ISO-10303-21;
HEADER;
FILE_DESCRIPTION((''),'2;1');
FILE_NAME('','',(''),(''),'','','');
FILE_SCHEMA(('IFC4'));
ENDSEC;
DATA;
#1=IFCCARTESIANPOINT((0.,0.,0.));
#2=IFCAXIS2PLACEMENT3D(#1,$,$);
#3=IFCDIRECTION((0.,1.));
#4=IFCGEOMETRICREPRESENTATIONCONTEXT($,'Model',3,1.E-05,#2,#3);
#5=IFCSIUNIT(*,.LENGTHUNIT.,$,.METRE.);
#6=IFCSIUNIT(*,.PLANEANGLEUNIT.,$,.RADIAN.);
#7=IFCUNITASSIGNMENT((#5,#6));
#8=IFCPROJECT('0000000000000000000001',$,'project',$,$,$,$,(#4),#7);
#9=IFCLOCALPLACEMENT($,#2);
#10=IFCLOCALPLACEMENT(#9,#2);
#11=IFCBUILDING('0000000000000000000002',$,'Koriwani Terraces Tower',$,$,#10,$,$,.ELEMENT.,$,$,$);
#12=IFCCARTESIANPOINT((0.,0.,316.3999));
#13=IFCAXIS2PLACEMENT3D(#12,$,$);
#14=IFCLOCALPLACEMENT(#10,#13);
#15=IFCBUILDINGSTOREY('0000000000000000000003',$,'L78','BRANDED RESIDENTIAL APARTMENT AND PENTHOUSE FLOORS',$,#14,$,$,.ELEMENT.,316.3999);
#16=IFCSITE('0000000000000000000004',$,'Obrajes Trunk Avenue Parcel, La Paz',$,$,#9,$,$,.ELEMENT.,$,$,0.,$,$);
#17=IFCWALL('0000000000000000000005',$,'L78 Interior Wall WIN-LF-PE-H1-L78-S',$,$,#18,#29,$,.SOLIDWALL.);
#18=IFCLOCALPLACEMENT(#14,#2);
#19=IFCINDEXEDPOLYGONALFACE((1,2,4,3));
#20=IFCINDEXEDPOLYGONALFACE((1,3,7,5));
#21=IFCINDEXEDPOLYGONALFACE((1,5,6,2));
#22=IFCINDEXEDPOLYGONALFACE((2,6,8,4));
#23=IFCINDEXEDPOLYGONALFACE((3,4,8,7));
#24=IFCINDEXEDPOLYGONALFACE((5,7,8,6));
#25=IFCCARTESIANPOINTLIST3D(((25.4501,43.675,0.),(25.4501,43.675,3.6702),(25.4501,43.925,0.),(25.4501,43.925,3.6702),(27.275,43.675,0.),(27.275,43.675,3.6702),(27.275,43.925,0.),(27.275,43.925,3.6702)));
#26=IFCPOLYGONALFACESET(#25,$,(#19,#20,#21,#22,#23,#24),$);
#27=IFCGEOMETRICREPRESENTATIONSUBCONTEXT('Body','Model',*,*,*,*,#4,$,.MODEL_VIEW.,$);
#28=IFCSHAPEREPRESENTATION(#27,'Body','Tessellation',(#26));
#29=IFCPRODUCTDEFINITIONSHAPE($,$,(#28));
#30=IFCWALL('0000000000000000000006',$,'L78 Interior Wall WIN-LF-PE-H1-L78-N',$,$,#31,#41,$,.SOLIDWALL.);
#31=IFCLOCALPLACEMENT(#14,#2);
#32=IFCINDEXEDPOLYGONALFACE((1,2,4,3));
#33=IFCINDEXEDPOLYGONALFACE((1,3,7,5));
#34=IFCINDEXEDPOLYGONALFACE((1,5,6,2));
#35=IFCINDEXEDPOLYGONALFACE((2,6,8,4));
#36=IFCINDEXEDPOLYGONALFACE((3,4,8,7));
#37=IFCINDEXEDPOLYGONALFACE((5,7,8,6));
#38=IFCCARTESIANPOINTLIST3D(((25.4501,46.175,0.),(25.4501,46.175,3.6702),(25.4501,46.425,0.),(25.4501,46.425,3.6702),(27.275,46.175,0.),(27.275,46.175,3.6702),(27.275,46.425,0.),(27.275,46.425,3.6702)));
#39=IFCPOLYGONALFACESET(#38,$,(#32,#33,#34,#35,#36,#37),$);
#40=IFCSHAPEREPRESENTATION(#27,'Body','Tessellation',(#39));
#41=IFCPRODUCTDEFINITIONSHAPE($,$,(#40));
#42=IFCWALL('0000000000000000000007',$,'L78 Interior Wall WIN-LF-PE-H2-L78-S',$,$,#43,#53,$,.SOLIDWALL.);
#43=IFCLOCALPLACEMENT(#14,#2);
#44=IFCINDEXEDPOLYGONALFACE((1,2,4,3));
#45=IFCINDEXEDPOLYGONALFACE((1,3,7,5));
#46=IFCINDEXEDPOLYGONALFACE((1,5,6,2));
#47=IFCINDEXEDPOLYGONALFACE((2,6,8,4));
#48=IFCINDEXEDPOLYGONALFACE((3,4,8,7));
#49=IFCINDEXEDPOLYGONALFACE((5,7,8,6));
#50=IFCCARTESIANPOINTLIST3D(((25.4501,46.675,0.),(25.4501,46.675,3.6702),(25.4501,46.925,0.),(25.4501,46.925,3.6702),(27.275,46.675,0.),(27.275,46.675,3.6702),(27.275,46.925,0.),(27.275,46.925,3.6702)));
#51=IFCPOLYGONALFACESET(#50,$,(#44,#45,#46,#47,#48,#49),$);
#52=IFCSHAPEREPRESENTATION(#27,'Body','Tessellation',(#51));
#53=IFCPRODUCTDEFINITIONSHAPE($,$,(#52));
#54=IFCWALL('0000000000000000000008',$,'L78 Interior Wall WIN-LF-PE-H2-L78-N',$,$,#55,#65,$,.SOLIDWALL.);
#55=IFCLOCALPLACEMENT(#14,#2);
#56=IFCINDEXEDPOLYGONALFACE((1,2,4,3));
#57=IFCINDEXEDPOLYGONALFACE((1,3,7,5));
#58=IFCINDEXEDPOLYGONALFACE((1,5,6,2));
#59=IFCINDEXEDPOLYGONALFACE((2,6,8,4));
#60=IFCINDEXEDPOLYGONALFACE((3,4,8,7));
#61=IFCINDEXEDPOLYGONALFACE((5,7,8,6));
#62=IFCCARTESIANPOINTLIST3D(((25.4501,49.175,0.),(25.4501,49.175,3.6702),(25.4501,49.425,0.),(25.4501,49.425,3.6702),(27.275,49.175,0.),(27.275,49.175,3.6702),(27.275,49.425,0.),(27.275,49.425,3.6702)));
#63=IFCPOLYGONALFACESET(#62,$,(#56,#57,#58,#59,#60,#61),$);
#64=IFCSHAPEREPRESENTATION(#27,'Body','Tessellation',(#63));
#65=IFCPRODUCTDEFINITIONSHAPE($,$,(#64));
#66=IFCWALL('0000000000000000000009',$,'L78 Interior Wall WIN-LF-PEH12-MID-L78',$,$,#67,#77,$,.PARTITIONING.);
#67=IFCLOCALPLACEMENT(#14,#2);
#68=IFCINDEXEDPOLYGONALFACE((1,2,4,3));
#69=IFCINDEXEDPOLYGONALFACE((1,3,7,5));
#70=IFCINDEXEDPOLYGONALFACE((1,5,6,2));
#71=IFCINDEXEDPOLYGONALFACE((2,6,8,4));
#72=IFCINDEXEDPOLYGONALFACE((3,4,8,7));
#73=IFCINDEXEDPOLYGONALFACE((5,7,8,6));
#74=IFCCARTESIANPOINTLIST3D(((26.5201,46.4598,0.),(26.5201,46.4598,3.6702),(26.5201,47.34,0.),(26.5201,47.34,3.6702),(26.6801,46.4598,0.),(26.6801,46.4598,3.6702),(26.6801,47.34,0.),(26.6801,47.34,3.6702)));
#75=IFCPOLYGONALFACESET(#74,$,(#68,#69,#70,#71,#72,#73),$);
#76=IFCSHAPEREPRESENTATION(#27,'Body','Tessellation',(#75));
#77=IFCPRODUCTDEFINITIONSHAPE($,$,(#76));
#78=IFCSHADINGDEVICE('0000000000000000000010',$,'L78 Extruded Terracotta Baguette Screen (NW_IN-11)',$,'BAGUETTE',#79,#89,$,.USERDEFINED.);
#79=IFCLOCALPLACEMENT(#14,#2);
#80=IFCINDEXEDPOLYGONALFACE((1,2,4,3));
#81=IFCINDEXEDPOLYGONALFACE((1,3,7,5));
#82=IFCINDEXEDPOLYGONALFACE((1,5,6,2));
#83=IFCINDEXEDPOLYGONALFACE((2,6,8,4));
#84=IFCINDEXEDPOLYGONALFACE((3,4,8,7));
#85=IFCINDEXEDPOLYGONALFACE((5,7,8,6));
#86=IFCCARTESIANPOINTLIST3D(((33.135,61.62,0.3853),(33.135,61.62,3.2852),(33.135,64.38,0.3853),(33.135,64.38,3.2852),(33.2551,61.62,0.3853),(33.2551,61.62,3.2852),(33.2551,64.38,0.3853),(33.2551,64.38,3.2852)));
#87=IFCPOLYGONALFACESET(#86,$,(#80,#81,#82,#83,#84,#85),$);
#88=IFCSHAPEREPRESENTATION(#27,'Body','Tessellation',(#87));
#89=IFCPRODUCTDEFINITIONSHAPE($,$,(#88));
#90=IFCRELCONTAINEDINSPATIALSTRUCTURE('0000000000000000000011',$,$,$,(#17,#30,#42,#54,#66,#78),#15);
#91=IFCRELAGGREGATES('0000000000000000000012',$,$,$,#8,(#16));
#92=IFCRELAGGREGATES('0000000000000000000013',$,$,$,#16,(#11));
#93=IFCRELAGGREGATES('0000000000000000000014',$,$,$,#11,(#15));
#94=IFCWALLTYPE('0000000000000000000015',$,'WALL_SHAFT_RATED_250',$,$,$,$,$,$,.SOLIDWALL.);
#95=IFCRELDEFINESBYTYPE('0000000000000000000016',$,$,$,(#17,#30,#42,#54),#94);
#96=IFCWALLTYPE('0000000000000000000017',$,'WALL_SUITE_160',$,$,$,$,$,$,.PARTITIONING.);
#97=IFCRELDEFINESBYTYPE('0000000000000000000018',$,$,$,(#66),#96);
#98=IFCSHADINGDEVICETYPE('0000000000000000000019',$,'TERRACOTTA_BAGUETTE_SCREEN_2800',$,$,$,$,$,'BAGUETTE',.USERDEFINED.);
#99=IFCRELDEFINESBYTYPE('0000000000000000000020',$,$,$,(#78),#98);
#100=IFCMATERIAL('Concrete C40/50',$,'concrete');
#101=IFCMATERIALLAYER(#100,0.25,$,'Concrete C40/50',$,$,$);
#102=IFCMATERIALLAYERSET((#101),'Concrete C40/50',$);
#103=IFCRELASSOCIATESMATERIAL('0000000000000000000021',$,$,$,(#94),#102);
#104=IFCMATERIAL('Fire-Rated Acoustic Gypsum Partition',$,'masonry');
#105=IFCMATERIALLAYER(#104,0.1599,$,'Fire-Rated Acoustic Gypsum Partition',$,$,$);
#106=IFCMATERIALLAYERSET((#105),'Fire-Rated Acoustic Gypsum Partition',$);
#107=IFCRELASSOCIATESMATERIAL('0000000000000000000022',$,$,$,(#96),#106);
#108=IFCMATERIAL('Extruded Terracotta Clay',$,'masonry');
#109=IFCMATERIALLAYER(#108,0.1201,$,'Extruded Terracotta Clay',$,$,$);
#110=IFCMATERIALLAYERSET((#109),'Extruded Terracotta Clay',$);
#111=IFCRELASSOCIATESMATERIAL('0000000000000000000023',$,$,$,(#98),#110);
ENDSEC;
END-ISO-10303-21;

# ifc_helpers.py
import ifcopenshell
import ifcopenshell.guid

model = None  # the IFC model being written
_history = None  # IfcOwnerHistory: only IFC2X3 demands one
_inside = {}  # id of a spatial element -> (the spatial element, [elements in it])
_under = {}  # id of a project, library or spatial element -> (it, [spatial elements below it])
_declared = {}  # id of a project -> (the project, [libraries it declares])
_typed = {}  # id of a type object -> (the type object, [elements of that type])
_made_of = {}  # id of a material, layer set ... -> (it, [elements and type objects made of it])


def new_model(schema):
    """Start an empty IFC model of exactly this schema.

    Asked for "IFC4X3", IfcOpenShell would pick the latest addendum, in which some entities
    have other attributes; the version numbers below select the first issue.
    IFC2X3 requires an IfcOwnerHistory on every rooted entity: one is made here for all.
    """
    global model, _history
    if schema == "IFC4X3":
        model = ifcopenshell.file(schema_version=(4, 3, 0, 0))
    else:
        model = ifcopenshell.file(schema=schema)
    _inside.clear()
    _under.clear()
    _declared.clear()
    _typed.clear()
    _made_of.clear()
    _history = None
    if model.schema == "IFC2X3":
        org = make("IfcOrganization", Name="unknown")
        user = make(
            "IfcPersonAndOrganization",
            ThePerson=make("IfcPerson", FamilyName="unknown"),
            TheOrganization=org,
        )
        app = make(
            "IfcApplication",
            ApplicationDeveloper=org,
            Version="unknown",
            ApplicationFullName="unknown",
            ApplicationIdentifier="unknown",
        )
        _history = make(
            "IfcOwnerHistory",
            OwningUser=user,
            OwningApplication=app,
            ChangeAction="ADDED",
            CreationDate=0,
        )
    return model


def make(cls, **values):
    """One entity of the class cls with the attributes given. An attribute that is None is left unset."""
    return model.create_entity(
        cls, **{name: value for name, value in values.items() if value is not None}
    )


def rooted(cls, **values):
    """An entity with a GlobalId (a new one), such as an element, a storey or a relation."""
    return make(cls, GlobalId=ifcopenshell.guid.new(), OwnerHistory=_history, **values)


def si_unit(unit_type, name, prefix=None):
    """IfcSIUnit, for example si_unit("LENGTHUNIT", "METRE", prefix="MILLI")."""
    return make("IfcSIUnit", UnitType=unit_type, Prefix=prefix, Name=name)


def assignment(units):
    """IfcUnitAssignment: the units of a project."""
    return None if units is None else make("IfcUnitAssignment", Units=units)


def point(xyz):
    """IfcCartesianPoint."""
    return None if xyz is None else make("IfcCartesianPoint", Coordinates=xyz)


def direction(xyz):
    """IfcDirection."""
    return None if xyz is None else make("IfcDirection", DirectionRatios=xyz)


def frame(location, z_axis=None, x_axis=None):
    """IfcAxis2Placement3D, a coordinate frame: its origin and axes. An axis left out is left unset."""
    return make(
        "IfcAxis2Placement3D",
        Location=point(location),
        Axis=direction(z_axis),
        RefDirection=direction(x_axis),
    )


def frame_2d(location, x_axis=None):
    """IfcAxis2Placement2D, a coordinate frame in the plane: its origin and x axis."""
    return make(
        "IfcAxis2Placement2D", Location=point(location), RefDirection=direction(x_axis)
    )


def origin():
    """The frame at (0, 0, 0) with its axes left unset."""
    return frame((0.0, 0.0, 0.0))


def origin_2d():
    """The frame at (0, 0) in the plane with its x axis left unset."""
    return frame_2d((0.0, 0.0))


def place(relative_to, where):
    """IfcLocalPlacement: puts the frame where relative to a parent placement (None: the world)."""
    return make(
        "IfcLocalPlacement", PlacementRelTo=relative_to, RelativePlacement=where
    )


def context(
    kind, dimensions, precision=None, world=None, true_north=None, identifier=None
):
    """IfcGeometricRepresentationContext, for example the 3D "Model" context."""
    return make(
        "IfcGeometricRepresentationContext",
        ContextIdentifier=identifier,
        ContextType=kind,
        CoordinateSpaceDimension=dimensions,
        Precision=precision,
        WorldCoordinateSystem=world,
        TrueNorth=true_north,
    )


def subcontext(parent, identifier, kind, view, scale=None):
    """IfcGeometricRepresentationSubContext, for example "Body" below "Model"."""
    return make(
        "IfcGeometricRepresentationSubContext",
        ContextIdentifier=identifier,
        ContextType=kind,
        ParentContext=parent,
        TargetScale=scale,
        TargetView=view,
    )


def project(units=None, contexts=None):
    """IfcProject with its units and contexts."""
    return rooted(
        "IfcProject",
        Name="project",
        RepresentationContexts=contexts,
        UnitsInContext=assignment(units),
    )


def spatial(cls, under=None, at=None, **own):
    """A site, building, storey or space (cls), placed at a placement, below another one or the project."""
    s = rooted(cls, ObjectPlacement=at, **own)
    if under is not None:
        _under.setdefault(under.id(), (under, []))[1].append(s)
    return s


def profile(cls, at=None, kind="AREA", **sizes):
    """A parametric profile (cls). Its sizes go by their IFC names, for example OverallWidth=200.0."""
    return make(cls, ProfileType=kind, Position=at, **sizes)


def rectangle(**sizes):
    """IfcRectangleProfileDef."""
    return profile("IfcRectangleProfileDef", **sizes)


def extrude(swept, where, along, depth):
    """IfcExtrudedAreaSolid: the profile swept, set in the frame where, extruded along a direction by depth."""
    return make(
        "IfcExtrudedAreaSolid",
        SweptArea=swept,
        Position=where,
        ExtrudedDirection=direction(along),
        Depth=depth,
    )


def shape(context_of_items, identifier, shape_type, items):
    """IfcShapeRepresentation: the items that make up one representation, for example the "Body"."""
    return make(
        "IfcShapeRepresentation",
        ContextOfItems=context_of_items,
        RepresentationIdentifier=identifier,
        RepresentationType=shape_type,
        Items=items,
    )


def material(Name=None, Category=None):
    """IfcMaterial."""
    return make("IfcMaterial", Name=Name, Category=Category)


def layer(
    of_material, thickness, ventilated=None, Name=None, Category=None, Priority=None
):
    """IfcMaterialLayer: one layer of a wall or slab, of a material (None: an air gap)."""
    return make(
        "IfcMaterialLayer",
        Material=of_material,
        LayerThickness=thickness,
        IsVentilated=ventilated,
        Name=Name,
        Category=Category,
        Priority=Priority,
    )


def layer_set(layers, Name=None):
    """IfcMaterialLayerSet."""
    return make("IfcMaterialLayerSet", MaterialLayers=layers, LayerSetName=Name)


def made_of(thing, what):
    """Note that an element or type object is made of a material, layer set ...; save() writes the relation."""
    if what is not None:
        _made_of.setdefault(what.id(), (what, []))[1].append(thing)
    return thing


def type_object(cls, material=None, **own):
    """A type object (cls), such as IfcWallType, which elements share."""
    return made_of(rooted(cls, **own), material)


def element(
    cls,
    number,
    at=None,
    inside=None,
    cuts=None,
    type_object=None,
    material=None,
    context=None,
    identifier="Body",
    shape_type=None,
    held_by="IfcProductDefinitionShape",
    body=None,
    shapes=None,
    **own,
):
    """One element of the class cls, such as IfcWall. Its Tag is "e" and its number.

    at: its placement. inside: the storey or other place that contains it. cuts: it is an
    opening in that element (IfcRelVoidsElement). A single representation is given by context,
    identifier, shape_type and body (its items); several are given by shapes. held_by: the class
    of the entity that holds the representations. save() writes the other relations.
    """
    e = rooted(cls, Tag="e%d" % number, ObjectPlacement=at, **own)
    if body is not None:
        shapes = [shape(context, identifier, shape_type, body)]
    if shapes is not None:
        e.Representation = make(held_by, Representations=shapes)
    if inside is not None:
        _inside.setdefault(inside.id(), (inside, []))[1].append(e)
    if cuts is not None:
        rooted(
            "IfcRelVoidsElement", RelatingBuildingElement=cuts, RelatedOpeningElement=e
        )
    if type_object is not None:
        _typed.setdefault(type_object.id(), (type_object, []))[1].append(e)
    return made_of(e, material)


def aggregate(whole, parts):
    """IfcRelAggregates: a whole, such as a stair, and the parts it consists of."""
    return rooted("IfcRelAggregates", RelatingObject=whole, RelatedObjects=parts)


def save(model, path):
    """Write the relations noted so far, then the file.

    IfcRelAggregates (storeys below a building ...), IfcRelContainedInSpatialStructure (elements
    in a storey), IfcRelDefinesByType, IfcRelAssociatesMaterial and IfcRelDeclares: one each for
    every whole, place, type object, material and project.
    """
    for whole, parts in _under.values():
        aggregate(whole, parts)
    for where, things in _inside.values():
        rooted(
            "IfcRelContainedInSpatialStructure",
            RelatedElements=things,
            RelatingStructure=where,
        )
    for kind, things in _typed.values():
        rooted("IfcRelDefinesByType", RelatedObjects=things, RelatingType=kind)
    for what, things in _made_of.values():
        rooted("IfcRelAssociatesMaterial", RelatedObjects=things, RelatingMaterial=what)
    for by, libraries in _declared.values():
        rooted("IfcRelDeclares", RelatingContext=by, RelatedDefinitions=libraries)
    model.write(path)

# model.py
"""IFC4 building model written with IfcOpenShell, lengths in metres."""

from ifc_helpers import new_model, si_unit, direction, frame, frame_2d, origin, origin_2d, place, context, subcontext, project, spatial, rectangle, extrude, material, layer, layer_set, type_object, element, save


model = new_model("IFC4")

# Units and contexts
model_context = context("Model", 3, precision=1e-05, world=origin(), true_north=direction((0.0, 1.0)))
body_context = subcontext(model_context, "Body", "Model", "MODEL_VIEW")
ifc_project = project(units=[si_unit("LENGTHUNIT", "METRE"), si_unit("PLANEANGLEUNIT", "RADIAN")], contexts=[model_context])

# Site, building, storey
site_placement = place(None, origin())
site = spatial("IfcSite", under=ifc_project, at=site_placement, Name="Obrajes Trunk Avenue Parcel, La Paz", CompositionType="ELEMENT", RefElevation=0.0)
building_placement = place(site_placement, origin())
building = spatial("IfcBuilding", under=site, at=building_placement, Name="Koriwani Terraces Tower", CompositionType="ELEMENT")
storey_placement = place(building_placement, frame((0.0, 0.0, 316.3999)))
storey = spatial("IfcBuildingStorey", under=building, at=storey_placement, Name="L78", Description="BRANDED RESIDENTIAL APARTMENT AND PENTHOUSE FLOORS", CompositionType="ELEMENT", Elevation=316.3999)

# Shared definitions
ifc_material_1 = material(Name="Concrete C40/50", Category="concrete")

# Shared definitions
ifc_material_2 = material(Name="Fire-Rated Acoustic Gypsum Partition", Category="masonry")
ifc_layer_1 = layer(ifc_material_1, 0.25, Name="Concrete C40/50")
ifc_layer_set_1 = layer_set([ifc_layer_1], Name="Concrete C40/50")
wall_type_1 = type_object("IfcWallType", Name="WALL_SHAFT_RATED_250", PredefinedType="SOLIDWALL", material=ifc_layer_set_1)

# Walls
for number, where, z_axis, x_axis, name in (
    (1, (25.45, 43.8, 0.0), (0.0, 0.0, 1.0), (1.0, 0.0, 0.0), "L78 Interior Wall WIN-LF-PE-H1-L78-S"),
    (2, (25.45, 46.3, 0.0), (0.0, 0.0, 1.0), (1.0, 0.0, 0.0), "L78 Interior Wall WIN-LF-PE-H1-L78-N"),
):
    element("IfcWall", number, at=place(storey_placement, frame(where, z_axis=z_axis, x_axis=x_axis)), inside=storey, type_object=wall_type_1, Name=name, PredefinedType="SOLIDWALL", context=body_context, shape_type="SweptSolid", body=[
        extrude(rectangle(XDim=1.825, YDim=0.25, at=frame_2d((0.9126, 0.0))), origin(), (0.0, 0.0, 1.0), 3.6702),
    ])

# Walls
for number, where, z_axis, x_axis, name in (
    (3, (25.45, 46.8, 0.0), (0.0, 0.0, 1.0), (1.0, 0.0, 0.0), "L78 Interior Wall WIN-LF-PE-H2-L78-S"),
    (4, (25.45, 49.3, 0.0), (0.0, 0.0, 1.0), (1.0, 0.0, 0.0), "L78 Interior Wall WIN-LF-PE-H2-L78-N"),
):
    element("IfcWall", number, at=place(storey_placement, frame(where, z_axis=z_axis, x_axis=x_axis)), inside=storey, type_object=wall_type_1, Name=name, PredefinedType="SOLIDWALL", context=body_context, shape_type="SweptSolid", body=[
        extrude(rectangle(XDim=1.825, YDim=0.25, at=frame_2d((0.9126, 0.0))), origin(), (0.0, 0.0, 1.0), 3.6702),
    ])
ifc_layer_2 = layer(ifc_material_2, 0.1599, Name="Fire-Rated Acoustic Gypsum Partition")
ifc_layer_set_2 = layer_set([ifc_layer_2], Name="Fire-Rated Acoustic Gypsum Partition")
wall_type_2 = type_object("IfcWallType", Name="WALL_SUITE_160", PredefinedType="PARTITIONING", material=ifc_layer_set_2)
wall_1_placement = place(storey_placement, frame((26.6001, 46.46, 0.0), z_axis=(0.0, 0.0, 1.0), x_axis=(0.0, 1.0, 0.0)))
element("IfcWall", 5, at=wall_1_placement, inside=storey, type_object=wall_type_2, Name="L78 Interior Wall WIN-LF-PEH12-MID-L78", PredefinedType="PARTITIONING", context=body_context, shape_type="SweptSolid", body=[
    extrude(rectangle(XDim=0.8801, YDim=0.1599, at=frame_2d((0.4399, 0.0))), origin(), (0.0, 0.0, 1.0), 3.6702),
])

# Shading device
ifc_material_3 = material(Name="Extruded Terracotta Clay", Category="masonry")
ifc_layer_3 = layer(ifc_material_3, 0.1201, Name="Extruded Terracotta Clay")
ifc_layer_set_3 = layer_set([ifc_layer_3], Name="Extruded Terracotta Clay")
shading_device_type = type_object("IfcShadingDeviceType", Name="TERRACOTTA_BAGUETTE_SCREEN_2800", ElementType="BAGUETTE", PredefinedType="USERDEFINED", material=ifc_layer_set_3)
shading_device_placement = place(storey_placement, frame((33.1951, 63.0, 0.3853), z_axis=(0.0, 0.0, 1.0), x_axis=(0.0, -1.0, 0.0)))
element("IfcShadingDevice", 6, at=shading_device_placement, inside=storey, type_object=shading_device_type, Name="L78 Extruded Terracotta Baguette Screen (NW_IN-11)", ObjectType="BAGUETTE", PredefinedType="USERDEFINED", context=body_context, shape_type="SweptSolid", body=[
    extrude(rectangle(XDim=2.76, YDim=0.1201, at=origin_2d()), origin(), (0.0, 0.0, 1.0), 2.8999),
])

save(model, "model.ifc")
